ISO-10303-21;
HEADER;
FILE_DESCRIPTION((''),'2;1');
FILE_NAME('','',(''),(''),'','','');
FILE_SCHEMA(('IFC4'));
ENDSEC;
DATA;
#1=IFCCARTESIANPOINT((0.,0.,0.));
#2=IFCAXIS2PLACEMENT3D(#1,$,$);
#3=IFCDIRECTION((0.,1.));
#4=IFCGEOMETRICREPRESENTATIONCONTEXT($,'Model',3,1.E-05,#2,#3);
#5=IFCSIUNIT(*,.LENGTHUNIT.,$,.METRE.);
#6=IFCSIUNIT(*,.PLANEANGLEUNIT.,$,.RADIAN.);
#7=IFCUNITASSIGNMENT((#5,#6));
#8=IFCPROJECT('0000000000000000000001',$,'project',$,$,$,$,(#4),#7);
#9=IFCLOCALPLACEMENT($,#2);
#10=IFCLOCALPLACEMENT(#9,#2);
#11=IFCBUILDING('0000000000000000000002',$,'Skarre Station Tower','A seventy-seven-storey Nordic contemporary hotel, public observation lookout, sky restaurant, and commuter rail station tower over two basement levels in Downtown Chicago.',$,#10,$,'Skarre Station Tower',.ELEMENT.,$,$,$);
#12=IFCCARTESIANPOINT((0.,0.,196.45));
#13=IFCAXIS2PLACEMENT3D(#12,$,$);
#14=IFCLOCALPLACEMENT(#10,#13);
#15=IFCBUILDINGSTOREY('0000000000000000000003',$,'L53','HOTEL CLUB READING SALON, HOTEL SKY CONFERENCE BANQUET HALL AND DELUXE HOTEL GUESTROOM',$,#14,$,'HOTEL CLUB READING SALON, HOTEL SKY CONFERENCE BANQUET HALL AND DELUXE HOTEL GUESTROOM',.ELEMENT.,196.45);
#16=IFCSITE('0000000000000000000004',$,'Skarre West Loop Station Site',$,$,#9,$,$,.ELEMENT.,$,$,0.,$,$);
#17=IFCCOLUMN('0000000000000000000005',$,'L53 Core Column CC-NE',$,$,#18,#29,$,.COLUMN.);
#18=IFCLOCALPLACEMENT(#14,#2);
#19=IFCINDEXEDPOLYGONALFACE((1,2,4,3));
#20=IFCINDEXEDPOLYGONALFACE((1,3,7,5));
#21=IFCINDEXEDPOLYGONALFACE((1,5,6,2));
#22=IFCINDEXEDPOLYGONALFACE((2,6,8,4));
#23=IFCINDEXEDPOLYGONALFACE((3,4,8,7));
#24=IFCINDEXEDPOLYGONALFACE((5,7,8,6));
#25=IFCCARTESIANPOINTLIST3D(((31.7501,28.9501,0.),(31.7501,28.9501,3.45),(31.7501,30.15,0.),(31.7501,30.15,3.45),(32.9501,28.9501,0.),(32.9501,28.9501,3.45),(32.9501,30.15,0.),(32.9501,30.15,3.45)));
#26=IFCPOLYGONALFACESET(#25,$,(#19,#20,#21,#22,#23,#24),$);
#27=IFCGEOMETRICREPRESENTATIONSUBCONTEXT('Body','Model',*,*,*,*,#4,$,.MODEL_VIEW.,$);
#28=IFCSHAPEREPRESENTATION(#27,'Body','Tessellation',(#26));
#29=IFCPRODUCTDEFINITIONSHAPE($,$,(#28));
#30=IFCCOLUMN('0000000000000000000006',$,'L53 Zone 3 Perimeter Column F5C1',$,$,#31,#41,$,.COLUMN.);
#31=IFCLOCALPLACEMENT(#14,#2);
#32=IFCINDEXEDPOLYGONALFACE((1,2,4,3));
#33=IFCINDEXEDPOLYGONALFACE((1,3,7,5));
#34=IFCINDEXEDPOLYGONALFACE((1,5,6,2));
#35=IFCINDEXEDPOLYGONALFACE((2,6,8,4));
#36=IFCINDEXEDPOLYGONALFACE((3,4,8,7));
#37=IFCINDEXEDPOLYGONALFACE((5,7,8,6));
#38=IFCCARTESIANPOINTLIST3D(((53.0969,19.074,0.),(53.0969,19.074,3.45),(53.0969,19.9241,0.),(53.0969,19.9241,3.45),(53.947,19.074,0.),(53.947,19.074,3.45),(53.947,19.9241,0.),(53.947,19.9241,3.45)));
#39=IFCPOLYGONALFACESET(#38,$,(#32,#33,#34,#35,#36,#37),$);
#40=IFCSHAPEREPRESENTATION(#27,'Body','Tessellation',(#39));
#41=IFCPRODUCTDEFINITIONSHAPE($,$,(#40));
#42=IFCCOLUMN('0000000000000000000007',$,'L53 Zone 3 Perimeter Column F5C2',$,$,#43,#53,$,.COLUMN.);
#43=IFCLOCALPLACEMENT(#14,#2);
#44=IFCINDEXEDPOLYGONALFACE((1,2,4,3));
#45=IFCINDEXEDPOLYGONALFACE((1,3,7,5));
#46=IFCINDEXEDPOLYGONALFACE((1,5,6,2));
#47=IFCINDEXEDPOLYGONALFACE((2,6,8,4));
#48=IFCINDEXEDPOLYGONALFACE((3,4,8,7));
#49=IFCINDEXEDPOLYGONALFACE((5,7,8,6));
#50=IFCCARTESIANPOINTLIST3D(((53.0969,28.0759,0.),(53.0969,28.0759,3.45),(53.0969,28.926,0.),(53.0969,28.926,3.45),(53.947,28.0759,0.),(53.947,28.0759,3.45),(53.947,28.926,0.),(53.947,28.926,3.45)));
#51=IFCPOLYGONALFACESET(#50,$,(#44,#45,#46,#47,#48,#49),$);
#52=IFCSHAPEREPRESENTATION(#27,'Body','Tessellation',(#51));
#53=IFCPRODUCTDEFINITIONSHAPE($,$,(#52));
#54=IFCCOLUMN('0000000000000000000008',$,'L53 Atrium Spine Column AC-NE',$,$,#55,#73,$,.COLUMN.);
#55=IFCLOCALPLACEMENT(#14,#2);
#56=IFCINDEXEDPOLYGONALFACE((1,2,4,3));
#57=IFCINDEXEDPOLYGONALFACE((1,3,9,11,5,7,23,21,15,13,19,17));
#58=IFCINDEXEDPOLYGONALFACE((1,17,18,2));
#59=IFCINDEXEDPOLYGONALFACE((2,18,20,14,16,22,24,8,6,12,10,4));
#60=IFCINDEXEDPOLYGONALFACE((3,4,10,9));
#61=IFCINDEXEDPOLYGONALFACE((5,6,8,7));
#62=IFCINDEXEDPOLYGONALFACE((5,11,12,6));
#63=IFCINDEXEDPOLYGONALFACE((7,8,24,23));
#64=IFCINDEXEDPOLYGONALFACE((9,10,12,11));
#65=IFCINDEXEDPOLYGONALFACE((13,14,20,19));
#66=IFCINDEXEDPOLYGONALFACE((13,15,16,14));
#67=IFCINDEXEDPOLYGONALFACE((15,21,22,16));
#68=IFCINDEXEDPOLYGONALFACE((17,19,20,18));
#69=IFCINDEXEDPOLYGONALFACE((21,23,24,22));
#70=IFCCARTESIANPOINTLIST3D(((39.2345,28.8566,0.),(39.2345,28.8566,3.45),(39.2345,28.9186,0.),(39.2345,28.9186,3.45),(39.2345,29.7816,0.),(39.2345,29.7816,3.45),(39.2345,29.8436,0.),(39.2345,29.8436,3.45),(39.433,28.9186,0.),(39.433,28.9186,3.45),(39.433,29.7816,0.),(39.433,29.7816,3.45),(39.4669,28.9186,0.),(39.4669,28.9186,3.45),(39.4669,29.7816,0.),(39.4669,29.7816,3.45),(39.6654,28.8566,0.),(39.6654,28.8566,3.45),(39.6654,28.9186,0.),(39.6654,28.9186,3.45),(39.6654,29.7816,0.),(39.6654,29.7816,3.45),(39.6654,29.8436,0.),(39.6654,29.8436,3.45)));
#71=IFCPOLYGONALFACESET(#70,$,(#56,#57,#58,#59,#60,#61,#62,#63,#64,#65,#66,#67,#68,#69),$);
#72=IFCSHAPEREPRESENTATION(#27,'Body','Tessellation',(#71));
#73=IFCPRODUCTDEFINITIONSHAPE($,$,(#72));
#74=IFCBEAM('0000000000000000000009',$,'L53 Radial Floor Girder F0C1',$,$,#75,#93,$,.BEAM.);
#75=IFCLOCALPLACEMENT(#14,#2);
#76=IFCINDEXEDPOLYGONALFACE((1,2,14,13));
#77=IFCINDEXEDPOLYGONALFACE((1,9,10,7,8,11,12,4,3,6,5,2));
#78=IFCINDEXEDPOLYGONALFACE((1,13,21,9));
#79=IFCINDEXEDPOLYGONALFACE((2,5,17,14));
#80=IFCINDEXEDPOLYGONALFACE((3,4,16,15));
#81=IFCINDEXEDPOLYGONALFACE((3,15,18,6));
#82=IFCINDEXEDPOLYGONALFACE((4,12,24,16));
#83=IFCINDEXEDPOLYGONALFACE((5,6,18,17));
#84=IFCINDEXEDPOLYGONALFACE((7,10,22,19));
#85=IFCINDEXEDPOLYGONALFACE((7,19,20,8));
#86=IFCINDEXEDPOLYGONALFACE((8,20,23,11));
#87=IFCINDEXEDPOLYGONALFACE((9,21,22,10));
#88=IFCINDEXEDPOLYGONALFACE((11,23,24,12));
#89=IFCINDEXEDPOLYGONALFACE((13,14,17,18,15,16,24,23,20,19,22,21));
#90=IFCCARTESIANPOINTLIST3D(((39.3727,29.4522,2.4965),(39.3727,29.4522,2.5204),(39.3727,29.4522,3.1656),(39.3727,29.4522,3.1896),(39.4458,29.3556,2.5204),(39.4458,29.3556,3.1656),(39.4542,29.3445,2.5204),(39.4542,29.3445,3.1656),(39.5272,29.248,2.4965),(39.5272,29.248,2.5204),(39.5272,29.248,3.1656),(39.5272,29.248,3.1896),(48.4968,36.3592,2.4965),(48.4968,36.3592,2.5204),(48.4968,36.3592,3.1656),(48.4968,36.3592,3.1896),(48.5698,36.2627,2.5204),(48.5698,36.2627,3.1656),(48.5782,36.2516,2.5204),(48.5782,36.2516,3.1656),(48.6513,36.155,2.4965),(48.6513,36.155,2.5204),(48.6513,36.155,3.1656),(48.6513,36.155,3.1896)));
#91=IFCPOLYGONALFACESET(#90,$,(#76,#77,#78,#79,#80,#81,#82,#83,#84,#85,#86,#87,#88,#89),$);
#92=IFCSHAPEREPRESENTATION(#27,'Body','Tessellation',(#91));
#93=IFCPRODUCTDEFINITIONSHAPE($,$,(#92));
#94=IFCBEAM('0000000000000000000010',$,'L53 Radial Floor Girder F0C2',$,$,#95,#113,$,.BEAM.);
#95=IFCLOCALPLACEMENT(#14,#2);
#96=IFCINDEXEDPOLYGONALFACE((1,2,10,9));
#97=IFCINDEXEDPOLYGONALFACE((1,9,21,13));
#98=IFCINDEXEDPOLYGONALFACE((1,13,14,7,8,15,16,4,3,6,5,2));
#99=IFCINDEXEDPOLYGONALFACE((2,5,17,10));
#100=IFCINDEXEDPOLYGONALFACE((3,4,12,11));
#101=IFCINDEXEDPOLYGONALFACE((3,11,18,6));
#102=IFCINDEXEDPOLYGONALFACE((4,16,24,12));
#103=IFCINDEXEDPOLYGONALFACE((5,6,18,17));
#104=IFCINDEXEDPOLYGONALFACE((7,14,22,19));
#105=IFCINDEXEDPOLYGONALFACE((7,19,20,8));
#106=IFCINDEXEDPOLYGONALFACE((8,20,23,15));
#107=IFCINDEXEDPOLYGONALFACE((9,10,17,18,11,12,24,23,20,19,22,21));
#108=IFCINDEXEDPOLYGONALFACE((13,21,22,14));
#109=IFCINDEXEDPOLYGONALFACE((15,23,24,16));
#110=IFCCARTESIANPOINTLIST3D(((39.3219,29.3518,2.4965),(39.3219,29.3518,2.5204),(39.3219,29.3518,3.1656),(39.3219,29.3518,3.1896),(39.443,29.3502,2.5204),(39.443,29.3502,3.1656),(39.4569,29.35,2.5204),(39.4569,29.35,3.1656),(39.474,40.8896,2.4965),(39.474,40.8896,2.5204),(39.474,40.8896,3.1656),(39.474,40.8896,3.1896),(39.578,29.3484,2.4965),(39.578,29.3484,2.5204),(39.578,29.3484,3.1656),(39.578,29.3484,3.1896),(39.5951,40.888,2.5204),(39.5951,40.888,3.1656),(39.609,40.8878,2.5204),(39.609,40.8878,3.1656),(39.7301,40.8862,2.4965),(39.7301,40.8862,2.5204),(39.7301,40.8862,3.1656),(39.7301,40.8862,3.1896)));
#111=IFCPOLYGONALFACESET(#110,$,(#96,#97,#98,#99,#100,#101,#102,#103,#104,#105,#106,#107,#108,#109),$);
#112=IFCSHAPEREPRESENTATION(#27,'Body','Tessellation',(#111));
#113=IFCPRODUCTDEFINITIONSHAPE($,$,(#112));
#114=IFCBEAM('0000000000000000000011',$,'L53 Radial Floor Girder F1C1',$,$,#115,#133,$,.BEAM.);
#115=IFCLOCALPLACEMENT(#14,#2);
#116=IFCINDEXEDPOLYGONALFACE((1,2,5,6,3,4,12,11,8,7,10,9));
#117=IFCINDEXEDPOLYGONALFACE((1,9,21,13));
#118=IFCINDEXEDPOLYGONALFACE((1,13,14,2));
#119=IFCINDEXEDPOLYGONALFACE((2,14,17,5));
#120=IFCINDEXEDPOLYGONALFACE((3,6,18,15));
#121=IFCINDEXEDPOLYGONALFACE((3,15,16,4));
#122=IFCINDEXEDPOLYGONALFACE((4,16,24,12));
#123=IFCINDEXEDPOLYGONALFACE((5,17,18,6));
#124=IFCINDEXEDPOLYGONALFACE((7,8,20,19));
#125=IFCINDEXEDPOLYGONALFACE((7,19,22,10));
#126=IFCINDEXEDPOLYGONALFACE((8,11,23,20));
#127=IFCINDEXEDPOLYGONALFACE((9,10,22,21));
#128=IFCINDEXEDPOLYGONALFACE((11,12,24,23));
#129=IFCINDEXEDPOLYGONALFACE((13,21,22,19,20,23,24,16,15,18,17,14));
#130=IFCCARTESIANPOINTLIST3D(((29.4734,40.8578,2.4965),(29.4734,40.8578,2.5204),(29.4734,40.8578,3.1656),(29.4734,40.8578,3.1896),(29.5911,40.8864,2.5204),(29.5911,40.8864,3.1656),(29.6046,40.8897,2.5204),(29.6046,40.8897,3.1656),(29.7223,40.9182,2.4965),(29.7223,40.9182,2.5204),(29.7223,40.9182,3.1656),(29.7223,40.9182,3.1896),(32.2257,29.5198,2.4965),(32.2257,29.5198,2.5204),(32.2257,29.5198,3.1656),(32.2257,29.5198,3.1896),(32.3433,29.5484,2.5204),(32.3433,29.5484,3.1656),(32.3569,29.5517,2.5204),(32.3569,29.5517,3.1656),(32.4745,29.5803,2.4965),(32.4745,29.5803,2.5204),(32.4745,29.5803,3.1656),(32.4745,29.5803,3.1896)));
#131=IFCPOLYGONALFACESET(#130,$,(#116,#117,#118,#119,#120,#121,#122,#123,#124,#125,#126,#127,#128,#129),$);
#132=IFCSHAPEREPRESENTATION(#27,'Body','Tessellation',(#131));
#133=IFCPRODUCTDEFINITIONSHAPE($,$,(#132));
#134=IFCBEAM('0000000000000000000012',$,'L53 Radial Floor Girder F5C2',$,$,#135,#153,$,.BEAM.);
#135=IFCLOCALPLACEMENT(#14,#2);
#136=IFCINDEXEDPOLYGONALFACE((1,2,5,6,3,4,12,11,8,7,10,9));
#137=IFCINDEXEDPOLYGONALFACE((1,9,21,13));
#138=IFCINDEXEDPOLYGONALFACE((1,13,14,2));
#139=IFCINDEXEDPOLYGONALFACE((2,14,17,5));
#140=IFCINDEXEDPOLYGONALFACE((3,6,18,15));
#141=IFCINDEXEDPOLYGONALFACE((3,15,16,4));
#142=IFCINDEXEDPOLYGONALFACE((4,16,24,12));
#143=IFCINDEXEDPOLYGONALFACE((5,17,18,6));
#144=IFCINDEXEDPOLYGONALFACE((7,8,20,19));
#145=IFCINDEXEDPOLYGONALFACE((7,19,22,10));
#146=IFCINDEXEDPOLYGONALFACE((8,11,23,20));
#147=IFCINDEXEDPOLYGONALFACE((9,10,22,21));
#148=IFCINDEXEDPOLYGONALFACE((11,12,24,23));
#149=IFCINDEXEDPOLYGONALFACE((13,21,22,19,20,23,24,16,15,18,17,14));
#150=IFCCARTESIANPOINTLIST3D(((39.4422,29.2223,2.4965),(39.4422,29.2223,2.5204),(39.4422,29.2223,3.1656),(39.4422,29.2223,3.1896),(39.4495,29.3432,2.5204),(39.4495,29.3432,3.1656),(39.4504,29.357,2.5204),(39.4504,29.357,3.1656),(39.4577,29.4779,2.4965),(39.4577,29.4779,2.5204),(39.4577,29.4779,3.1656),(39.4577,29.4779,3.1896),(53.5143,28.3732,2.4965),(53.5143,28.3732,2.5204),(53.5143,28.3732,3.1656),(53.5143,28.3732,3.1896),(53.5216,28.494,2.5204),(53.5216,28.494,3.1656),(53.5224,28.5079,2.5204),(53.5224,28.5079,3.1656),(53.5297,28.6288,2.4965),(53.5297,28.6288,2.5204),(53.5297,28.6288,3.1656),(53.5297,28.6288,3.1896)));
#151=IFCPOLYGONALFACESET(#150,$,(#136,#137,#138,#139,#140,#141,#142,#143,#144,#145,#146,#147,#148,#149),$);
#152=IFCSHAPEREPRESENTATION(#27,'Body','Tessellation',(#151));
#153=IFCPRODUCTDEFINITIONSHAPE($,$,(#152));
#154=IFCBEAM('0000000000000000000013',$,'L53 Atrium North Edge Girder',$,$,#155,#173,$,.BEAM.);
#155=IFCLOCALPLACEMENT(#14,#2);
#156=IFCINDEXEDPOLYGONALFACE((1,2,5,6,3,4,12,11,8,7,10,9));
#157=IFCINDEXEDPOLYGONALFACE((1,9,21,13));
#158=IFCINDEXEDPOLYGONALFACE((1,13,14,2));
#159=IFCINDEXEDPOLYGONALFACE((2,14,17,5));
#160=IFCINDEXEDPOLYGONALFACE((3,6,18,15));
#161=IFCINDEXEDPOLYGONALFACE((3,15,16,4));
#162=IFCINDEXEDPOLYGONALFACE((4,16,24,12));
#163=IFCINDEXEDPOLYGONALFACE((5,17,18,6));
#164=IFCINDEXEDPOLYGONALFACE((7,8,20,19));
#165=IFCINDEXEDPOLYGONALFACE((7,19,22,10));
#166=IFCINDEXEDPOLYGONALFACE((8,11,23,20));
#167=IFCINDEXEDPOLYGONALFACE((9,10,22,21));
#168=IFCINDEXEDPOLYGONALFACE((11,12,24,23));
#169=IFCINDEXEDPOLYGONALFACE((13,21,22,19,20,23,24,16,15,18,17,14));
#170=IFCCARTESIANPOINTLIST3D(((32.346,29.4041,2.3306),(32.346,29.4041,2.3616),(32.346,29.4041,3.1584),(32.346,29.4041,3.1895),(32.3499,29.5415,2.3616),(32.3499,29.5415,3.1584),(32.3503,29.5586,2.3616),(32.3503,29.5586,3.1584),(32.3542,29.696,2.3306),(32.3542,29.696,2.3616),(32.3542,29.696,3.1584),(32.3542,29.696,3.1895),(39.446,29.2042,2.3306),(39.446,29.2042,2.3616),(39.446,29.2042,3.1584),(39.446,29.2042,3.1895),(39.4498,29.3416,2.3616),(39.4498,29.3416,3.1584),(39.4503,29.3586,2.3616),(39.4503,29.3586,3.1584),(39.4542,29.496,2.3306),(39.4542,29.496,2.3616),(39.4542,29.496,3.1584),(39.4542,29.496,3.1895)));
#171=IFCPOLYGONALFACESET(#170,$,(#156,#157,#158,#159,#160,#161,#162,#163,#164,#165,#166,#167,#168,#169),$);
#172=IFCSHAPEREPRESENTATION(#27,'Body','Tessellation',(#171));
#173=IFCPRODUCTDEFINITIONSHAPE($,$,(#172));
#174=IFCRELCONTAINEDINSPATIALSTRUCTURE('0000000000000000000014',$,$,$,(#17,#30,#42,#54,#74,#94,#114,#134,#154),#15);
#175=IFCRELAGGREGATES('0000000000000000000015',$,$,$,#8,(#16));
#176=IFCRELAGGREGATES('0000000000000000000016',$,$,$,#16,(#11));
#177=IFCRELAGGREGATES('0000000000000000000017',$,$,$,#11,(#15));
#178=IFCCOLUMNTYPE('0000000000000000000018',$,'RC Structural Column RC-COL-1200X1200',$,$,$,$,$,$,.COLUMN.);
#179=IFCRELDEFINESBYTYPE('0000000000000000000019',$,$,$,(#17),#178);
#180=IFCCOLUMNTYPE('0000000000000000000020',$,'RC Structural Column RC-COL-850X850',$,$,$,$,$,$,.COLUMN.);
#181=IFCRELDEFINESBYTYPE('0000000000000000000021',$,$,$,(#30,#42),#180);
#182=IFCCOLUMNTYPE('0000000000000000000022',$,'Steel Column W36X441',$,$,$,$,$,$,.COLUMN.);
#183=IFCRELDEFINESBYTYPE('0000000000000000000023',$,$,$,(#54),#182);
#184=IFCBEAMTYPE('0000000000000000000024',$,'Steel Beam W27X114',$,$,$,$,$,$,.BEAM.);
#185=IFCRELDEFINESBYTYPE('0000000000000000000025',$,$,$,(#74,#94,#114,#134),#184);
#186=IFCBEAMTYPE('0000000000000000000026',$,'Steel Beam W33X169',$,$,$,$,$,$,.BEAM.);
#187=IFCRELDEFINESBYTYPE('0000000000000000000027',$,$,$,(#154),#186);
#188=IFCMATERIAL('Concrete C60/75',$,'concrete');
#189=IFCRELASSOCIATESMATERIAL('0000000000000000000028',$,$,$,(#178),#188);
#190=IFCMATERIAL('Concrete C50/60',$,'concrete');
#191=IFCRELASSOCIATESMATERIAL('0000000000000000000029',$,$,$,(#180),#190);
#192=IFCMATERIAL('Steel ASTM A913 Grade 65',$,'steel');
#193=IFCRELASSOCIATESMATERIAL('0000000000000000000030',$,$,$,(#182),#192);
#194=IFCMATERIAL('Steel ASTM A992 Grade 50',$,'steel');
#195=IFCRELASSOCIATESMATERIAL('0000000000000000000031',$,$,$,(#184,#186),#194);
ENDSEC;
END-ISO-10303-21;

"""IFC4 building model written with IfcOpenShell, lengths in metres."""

from ifc_helpers import new_model, si_unit, direction, frame, origin, origin_2d, place, context, subcontext, project, spatial, rectangle, i_section, extrude, material, material_profile, profile_set, type_object, element, save


model = new_model("IFC4")

# Units and contexts
model_context = context("Model", 3, precision=1e-05, world=origin(), true_north=direction((0.0, 1.0)))
body_context = subcontext(model_context, "Body", "Model", "MODEL_VIEW")
ifc_project = project(units=[si_unit("LENGTHUNIT", "METRE"), si_unit("PLANEANGLEUNIT", "RADIAN")], contexts=[model_context])

# Site, building, storey
site_placement = place(None, origin())
site = spatial("IfcSite", under=ifc_project, at=site_placement, Name="Skarre West Loop Station Site", CompositionType="ELEMENT", RefElevation=0.0)
building_placement = place(site_placement, origin())
building = spatial("IfcBuilding", under=site, at=building_placement, Name="Skarre Station Tower", Description="A seventy-seven-storey Nordic contemporary hotel, public observation lookout, sky restaurant, and commuter rail station tower over two basement levels in Downtown Chicago.", LongName="Skarre Station Tower", CompositionType="ELEMENT")
storey_placement = place(building_placement, frame((0.0, 0.0, 196.45)))
storey = spatial("IfcBuildingStorey", under=building, at=storey_placement, Name="L53", Description="HOTEL CLUB READING SALON, HOTEL SKY CONFERENCE BANQUET HALL AND DELUXE HOTEL GUESTROOM", LongName="HOTEL CLUB READING SALON, HOTEL SKY CONFERENCE BANQUET HALL AND DELUXE HOTEL GUESTROOM", CompositionType="ELEMENT", Elevation=196.45)

# Columns
ifc_material_1 = material(Name="Concrete C60/75", Category="concrete")
ifc_material_profile_1 = material_profile(ifc_material_1, rectangle(XDim=1.2, YDim=1.2, at=origin_2d()), Name="Concrete C60/75")
ifc_profile_set_1 = profile_set([ifc_material_profile_1], Name="Concrete C60/75")
column_type_1 = type_object("IfcColumnType", Name="RC Structural Column RC-COL-1200X1200", PredefinedType="COLUMN", material=ifc_profile_set_1)
column_1_placement = place(storey_placement, frame((32.3501, 29.55, 0.0), z_axis=(0.0, 0.0, 1.0), x_axis=(1.0, 0.0, 0.0)))
element("IfcColumn", 1, at=column_1_placement, inside=storey, type_object=column_type_1, Name="L53 Core Column CC-NE", PredefinedType="COLUMN", context=body_context, shape_type="SweptSolid", body=[
    extrude(rectangle(XDim=1.2, YDim=1.2, at=origin_2d()), origin(), (0.0, 0.0, 1.0), 3.45),
])
ifc_material_2 = material(Name="Concrete C50/60", Category="concrete")
ifc_material_profile_2 = material_profile(ifc_material_2, rectangle(XDim=0.8501, YDim=0.8501, at=origin_2d()), Name="Concrete C50/60")
ifc_profile_set_2 = profile_set([ifc_material_profile_2], Name="Concrete C50/60")
column_type_2 = type_object("IfcColumnType", Name="RC Structural Column RC-COL-850X850", PredefinedType="COLUMN", material=ifc_profile_set_2)
for number, where, z_axis, x_axis, name in (
    (2, (53.522, 19.499, 0.0), (0.0, 0.0, 1.0), (1.0, 0.0, 0.0), "L53 Zone 3 Perimeter Column F5C1"),
    (3, (53.522, 28.501, 0.0), (0.0, 0.0, 1.0), (1.0, 0.0, 0.0), "L53 Zone 3 Perimeter Column F5C2"),
):
    element("IfcColumn", number, at=place(storey_placement, frame(where, z_axis=z_axis, x_axis=x_axis)), inside=storey, type_object=column_type_2, Name=name, PredefinedType="COLUMN", context=body_context, shape_type="SweptSolid", body=[
        extrude(rectangle(XDim=0.8501, YDim=0.8501, at=origin_2d()), origin(), (0.0, 0.0, 1.0), 3.45),
    ])
ifc_material_3 = material(Name="Steel ASTM A913 Grade 65", Category="steel")
ifc_material_profile_3 = material_profile(ifc_material_3, i_section(OverallWidth=0.4309, OverallDepth=0.9871, WebThickness=0.0339, FlangeThickness=0.062, at=origin_2d()), Name="Steel ASTM A913 Grade 65")
ifc_profile_set_3 = profile_set([ifc_material_profile_3], Name="Steel ASTM A913 Grade 65")
column_type_3 = type_object("IfcColumnType", Name="Steel Column W36X441", PredefinedType="COLUMN", material=ifc_profile_set_3)
column_2_placement = place(storey_placement, frame((39.45, 29.3501, 0.0), z_axis=(0.0, 0.0, 1.0), x_axis=(1.0, 0.0, 0.0)))
element("IfcColumn", 4, at=column_2_placement, inside=storey, type_object=column_type_3, Name="L53 Atrium Spine Column AC-NE", PredefinedType="COLUMN", context=body_context, shape_type="SweptSolid", body=[
    extrude(i_section(OverallWidth=0.4309, OverallDepth=0.9871, WebThickness=0.0339, FlangeThickness=0.062, at=origin_2d()), origin(), (0.0, 0.0, 1.0), 3.45),
])

# Beams
ifc_material_4 = material(Name="Steel ASTM A992 Grade 50", Category="steel")
ifc_material_profile_4 = material_profile(ifc_material_4, i_section(OverallWidth=0.2561, OverallDepth=0.6931, WebThickness=0.0139, FlangeThickness=0.0239, at=origin_2d()), Name="Steel ASTM A992 Grade 50")
ifc_profile_set_4 = profile_set([ifc_material_profile_4], Name="Steel ASTM A992 Grade 50")
beam_type_1 = type_object("IfcBeamType", Name="Steel Beam W27X114", PredefinedType="BEAM", material=ifc_profile_set_4)
beam_1_placement = place(storey_placement, frame((39.45, 29.3501, 2.843), z_axis=(0.797309, 0.603571, 0.0), x_axis=(-0.603571, 0.797309, 0.0)))
element("IfcBeam", 5, at=beam_1_placement, inside=storey, type_object=beam_type_1, Name="L53 Radial Floor Girder F0C1", PredefinedType="BEAM", context=body_context, shape_type="SweptSolid", body=[
    extrude(i_section(OverallWidth=0.2561, OverallDepth=0.6931, WebThickness=0.0139, FlangeThickness=0.0239, at=origin_2d()), origin(), (0.0, 0.0, 1.0), 11.4436),
])
beam_2_placement = place(storey_placement, frame((39.45, 29.3501, 2.843), z_axis=(0.013182, 0.999913, 0.0), x_axis=(-0.999913, 0.013182, 0.0)))
element("IfcBeam", 6, at=beam_2_placement, inside=storey, type_object=beam_type_1, Name="L53 Radial Floor Girder F0C2", PredefinedType="BEAM", context=body_context, shape_type="SweptSolid", body=[
    extrude(i_section(OverallWidth=0.2561, OverallDepth=0.6931, WebThickness=0.0139, FlangeThickness=0.0239, at=origin_2d()), origin(), (0.0, 0.0, 1.0), 11.5388),
])
beam_3_placement = place(storey_placement, frame((32.3501, 29.55, 2.843), z_axis=(-0.235893, 0.971779, 0.0), x_axis=(-0.971779, -0.235893, 0.0)))
element("IfcBeam", 7, at=beam_3_placement, inside=storey, type_object=beam_type_1, Name="L53 Radial Floor Girder F1C1", PredefinedType="BEAM", context=body_context, shape_type="SweptSolid", body=[
    extrude(i_section(OverallWidth=0.2561, OverallDepth=0.6931, WebThickness=0.0139, FlangeThickness=0.0239, at=origin_2d()), origin(), (0.0, 0.0, 1.0), 11.6672),
])
beam_4_placement = place(storey_placement, frame((39.45, 29.3501, 2.843), z_axis=(0.998184, -0.060232, 0.0), x_axis=(0.060232, 0.998184, 0.0)))
element("IfcBeam", 8, at=beam_4_placement, inside=storey, type_object=beam_type_1, Name="L53 Radial Floor Girder F5C2", PredefinedType="BEAM", context=body_context, shape_type="SweptSolid", body=[
    extrude(i_section(OverallWidth=0.2561, OverallDepth=0.6931, WebThickness=0.0139, FlangeThickness=0.0239, at=origin_2d()), origin(), (0.0, 0.0, 1.0), 14.0977),
])
ifc_material_profile_5 = material_profile(ifc_material_4, i_section(OverallWidth=0.292, OverallDepth=0.8589, WebThickness=0.0171, FlangeThickness=0.031, at=origin_2d()), Name="Steel ASTM A992 Grade 50")
ifc_profile_set_5 = profile_set([ifc_material_profile_5], Name="Steel ASTM A992 Grade 50")
beam_type_2 = type_object("IfcBeamType", Name="Steel Beam W33X169", PredefinedType="BEAM", material=ifc_profile_set_5)
beam_5_placement = place(storey_placement, frame((32.3501, 29.55, 2.76), z_axis=(0.999604, -0.028152, 0.0), x_axis=(0.028152, 0.999604, 0.0)))
element("IfcBeam", 9, at=beam_5_placement, inside=storey, type_object=beam_type_2, Name="L53 Atrium North Edge Girder", PredefinedType="BEAM", context=body_context, shape_type="SweptSolid", body=[
    extrude(i_section(OverallWidth=0.292, OverallDepth=0.8589, WebThickness=0.0171, FlangeThickness=0.031, at=origin_2d()), origin(), (0.0, 0.0, 1.0), 7.1028),
])

save(model, "model.ifc")
